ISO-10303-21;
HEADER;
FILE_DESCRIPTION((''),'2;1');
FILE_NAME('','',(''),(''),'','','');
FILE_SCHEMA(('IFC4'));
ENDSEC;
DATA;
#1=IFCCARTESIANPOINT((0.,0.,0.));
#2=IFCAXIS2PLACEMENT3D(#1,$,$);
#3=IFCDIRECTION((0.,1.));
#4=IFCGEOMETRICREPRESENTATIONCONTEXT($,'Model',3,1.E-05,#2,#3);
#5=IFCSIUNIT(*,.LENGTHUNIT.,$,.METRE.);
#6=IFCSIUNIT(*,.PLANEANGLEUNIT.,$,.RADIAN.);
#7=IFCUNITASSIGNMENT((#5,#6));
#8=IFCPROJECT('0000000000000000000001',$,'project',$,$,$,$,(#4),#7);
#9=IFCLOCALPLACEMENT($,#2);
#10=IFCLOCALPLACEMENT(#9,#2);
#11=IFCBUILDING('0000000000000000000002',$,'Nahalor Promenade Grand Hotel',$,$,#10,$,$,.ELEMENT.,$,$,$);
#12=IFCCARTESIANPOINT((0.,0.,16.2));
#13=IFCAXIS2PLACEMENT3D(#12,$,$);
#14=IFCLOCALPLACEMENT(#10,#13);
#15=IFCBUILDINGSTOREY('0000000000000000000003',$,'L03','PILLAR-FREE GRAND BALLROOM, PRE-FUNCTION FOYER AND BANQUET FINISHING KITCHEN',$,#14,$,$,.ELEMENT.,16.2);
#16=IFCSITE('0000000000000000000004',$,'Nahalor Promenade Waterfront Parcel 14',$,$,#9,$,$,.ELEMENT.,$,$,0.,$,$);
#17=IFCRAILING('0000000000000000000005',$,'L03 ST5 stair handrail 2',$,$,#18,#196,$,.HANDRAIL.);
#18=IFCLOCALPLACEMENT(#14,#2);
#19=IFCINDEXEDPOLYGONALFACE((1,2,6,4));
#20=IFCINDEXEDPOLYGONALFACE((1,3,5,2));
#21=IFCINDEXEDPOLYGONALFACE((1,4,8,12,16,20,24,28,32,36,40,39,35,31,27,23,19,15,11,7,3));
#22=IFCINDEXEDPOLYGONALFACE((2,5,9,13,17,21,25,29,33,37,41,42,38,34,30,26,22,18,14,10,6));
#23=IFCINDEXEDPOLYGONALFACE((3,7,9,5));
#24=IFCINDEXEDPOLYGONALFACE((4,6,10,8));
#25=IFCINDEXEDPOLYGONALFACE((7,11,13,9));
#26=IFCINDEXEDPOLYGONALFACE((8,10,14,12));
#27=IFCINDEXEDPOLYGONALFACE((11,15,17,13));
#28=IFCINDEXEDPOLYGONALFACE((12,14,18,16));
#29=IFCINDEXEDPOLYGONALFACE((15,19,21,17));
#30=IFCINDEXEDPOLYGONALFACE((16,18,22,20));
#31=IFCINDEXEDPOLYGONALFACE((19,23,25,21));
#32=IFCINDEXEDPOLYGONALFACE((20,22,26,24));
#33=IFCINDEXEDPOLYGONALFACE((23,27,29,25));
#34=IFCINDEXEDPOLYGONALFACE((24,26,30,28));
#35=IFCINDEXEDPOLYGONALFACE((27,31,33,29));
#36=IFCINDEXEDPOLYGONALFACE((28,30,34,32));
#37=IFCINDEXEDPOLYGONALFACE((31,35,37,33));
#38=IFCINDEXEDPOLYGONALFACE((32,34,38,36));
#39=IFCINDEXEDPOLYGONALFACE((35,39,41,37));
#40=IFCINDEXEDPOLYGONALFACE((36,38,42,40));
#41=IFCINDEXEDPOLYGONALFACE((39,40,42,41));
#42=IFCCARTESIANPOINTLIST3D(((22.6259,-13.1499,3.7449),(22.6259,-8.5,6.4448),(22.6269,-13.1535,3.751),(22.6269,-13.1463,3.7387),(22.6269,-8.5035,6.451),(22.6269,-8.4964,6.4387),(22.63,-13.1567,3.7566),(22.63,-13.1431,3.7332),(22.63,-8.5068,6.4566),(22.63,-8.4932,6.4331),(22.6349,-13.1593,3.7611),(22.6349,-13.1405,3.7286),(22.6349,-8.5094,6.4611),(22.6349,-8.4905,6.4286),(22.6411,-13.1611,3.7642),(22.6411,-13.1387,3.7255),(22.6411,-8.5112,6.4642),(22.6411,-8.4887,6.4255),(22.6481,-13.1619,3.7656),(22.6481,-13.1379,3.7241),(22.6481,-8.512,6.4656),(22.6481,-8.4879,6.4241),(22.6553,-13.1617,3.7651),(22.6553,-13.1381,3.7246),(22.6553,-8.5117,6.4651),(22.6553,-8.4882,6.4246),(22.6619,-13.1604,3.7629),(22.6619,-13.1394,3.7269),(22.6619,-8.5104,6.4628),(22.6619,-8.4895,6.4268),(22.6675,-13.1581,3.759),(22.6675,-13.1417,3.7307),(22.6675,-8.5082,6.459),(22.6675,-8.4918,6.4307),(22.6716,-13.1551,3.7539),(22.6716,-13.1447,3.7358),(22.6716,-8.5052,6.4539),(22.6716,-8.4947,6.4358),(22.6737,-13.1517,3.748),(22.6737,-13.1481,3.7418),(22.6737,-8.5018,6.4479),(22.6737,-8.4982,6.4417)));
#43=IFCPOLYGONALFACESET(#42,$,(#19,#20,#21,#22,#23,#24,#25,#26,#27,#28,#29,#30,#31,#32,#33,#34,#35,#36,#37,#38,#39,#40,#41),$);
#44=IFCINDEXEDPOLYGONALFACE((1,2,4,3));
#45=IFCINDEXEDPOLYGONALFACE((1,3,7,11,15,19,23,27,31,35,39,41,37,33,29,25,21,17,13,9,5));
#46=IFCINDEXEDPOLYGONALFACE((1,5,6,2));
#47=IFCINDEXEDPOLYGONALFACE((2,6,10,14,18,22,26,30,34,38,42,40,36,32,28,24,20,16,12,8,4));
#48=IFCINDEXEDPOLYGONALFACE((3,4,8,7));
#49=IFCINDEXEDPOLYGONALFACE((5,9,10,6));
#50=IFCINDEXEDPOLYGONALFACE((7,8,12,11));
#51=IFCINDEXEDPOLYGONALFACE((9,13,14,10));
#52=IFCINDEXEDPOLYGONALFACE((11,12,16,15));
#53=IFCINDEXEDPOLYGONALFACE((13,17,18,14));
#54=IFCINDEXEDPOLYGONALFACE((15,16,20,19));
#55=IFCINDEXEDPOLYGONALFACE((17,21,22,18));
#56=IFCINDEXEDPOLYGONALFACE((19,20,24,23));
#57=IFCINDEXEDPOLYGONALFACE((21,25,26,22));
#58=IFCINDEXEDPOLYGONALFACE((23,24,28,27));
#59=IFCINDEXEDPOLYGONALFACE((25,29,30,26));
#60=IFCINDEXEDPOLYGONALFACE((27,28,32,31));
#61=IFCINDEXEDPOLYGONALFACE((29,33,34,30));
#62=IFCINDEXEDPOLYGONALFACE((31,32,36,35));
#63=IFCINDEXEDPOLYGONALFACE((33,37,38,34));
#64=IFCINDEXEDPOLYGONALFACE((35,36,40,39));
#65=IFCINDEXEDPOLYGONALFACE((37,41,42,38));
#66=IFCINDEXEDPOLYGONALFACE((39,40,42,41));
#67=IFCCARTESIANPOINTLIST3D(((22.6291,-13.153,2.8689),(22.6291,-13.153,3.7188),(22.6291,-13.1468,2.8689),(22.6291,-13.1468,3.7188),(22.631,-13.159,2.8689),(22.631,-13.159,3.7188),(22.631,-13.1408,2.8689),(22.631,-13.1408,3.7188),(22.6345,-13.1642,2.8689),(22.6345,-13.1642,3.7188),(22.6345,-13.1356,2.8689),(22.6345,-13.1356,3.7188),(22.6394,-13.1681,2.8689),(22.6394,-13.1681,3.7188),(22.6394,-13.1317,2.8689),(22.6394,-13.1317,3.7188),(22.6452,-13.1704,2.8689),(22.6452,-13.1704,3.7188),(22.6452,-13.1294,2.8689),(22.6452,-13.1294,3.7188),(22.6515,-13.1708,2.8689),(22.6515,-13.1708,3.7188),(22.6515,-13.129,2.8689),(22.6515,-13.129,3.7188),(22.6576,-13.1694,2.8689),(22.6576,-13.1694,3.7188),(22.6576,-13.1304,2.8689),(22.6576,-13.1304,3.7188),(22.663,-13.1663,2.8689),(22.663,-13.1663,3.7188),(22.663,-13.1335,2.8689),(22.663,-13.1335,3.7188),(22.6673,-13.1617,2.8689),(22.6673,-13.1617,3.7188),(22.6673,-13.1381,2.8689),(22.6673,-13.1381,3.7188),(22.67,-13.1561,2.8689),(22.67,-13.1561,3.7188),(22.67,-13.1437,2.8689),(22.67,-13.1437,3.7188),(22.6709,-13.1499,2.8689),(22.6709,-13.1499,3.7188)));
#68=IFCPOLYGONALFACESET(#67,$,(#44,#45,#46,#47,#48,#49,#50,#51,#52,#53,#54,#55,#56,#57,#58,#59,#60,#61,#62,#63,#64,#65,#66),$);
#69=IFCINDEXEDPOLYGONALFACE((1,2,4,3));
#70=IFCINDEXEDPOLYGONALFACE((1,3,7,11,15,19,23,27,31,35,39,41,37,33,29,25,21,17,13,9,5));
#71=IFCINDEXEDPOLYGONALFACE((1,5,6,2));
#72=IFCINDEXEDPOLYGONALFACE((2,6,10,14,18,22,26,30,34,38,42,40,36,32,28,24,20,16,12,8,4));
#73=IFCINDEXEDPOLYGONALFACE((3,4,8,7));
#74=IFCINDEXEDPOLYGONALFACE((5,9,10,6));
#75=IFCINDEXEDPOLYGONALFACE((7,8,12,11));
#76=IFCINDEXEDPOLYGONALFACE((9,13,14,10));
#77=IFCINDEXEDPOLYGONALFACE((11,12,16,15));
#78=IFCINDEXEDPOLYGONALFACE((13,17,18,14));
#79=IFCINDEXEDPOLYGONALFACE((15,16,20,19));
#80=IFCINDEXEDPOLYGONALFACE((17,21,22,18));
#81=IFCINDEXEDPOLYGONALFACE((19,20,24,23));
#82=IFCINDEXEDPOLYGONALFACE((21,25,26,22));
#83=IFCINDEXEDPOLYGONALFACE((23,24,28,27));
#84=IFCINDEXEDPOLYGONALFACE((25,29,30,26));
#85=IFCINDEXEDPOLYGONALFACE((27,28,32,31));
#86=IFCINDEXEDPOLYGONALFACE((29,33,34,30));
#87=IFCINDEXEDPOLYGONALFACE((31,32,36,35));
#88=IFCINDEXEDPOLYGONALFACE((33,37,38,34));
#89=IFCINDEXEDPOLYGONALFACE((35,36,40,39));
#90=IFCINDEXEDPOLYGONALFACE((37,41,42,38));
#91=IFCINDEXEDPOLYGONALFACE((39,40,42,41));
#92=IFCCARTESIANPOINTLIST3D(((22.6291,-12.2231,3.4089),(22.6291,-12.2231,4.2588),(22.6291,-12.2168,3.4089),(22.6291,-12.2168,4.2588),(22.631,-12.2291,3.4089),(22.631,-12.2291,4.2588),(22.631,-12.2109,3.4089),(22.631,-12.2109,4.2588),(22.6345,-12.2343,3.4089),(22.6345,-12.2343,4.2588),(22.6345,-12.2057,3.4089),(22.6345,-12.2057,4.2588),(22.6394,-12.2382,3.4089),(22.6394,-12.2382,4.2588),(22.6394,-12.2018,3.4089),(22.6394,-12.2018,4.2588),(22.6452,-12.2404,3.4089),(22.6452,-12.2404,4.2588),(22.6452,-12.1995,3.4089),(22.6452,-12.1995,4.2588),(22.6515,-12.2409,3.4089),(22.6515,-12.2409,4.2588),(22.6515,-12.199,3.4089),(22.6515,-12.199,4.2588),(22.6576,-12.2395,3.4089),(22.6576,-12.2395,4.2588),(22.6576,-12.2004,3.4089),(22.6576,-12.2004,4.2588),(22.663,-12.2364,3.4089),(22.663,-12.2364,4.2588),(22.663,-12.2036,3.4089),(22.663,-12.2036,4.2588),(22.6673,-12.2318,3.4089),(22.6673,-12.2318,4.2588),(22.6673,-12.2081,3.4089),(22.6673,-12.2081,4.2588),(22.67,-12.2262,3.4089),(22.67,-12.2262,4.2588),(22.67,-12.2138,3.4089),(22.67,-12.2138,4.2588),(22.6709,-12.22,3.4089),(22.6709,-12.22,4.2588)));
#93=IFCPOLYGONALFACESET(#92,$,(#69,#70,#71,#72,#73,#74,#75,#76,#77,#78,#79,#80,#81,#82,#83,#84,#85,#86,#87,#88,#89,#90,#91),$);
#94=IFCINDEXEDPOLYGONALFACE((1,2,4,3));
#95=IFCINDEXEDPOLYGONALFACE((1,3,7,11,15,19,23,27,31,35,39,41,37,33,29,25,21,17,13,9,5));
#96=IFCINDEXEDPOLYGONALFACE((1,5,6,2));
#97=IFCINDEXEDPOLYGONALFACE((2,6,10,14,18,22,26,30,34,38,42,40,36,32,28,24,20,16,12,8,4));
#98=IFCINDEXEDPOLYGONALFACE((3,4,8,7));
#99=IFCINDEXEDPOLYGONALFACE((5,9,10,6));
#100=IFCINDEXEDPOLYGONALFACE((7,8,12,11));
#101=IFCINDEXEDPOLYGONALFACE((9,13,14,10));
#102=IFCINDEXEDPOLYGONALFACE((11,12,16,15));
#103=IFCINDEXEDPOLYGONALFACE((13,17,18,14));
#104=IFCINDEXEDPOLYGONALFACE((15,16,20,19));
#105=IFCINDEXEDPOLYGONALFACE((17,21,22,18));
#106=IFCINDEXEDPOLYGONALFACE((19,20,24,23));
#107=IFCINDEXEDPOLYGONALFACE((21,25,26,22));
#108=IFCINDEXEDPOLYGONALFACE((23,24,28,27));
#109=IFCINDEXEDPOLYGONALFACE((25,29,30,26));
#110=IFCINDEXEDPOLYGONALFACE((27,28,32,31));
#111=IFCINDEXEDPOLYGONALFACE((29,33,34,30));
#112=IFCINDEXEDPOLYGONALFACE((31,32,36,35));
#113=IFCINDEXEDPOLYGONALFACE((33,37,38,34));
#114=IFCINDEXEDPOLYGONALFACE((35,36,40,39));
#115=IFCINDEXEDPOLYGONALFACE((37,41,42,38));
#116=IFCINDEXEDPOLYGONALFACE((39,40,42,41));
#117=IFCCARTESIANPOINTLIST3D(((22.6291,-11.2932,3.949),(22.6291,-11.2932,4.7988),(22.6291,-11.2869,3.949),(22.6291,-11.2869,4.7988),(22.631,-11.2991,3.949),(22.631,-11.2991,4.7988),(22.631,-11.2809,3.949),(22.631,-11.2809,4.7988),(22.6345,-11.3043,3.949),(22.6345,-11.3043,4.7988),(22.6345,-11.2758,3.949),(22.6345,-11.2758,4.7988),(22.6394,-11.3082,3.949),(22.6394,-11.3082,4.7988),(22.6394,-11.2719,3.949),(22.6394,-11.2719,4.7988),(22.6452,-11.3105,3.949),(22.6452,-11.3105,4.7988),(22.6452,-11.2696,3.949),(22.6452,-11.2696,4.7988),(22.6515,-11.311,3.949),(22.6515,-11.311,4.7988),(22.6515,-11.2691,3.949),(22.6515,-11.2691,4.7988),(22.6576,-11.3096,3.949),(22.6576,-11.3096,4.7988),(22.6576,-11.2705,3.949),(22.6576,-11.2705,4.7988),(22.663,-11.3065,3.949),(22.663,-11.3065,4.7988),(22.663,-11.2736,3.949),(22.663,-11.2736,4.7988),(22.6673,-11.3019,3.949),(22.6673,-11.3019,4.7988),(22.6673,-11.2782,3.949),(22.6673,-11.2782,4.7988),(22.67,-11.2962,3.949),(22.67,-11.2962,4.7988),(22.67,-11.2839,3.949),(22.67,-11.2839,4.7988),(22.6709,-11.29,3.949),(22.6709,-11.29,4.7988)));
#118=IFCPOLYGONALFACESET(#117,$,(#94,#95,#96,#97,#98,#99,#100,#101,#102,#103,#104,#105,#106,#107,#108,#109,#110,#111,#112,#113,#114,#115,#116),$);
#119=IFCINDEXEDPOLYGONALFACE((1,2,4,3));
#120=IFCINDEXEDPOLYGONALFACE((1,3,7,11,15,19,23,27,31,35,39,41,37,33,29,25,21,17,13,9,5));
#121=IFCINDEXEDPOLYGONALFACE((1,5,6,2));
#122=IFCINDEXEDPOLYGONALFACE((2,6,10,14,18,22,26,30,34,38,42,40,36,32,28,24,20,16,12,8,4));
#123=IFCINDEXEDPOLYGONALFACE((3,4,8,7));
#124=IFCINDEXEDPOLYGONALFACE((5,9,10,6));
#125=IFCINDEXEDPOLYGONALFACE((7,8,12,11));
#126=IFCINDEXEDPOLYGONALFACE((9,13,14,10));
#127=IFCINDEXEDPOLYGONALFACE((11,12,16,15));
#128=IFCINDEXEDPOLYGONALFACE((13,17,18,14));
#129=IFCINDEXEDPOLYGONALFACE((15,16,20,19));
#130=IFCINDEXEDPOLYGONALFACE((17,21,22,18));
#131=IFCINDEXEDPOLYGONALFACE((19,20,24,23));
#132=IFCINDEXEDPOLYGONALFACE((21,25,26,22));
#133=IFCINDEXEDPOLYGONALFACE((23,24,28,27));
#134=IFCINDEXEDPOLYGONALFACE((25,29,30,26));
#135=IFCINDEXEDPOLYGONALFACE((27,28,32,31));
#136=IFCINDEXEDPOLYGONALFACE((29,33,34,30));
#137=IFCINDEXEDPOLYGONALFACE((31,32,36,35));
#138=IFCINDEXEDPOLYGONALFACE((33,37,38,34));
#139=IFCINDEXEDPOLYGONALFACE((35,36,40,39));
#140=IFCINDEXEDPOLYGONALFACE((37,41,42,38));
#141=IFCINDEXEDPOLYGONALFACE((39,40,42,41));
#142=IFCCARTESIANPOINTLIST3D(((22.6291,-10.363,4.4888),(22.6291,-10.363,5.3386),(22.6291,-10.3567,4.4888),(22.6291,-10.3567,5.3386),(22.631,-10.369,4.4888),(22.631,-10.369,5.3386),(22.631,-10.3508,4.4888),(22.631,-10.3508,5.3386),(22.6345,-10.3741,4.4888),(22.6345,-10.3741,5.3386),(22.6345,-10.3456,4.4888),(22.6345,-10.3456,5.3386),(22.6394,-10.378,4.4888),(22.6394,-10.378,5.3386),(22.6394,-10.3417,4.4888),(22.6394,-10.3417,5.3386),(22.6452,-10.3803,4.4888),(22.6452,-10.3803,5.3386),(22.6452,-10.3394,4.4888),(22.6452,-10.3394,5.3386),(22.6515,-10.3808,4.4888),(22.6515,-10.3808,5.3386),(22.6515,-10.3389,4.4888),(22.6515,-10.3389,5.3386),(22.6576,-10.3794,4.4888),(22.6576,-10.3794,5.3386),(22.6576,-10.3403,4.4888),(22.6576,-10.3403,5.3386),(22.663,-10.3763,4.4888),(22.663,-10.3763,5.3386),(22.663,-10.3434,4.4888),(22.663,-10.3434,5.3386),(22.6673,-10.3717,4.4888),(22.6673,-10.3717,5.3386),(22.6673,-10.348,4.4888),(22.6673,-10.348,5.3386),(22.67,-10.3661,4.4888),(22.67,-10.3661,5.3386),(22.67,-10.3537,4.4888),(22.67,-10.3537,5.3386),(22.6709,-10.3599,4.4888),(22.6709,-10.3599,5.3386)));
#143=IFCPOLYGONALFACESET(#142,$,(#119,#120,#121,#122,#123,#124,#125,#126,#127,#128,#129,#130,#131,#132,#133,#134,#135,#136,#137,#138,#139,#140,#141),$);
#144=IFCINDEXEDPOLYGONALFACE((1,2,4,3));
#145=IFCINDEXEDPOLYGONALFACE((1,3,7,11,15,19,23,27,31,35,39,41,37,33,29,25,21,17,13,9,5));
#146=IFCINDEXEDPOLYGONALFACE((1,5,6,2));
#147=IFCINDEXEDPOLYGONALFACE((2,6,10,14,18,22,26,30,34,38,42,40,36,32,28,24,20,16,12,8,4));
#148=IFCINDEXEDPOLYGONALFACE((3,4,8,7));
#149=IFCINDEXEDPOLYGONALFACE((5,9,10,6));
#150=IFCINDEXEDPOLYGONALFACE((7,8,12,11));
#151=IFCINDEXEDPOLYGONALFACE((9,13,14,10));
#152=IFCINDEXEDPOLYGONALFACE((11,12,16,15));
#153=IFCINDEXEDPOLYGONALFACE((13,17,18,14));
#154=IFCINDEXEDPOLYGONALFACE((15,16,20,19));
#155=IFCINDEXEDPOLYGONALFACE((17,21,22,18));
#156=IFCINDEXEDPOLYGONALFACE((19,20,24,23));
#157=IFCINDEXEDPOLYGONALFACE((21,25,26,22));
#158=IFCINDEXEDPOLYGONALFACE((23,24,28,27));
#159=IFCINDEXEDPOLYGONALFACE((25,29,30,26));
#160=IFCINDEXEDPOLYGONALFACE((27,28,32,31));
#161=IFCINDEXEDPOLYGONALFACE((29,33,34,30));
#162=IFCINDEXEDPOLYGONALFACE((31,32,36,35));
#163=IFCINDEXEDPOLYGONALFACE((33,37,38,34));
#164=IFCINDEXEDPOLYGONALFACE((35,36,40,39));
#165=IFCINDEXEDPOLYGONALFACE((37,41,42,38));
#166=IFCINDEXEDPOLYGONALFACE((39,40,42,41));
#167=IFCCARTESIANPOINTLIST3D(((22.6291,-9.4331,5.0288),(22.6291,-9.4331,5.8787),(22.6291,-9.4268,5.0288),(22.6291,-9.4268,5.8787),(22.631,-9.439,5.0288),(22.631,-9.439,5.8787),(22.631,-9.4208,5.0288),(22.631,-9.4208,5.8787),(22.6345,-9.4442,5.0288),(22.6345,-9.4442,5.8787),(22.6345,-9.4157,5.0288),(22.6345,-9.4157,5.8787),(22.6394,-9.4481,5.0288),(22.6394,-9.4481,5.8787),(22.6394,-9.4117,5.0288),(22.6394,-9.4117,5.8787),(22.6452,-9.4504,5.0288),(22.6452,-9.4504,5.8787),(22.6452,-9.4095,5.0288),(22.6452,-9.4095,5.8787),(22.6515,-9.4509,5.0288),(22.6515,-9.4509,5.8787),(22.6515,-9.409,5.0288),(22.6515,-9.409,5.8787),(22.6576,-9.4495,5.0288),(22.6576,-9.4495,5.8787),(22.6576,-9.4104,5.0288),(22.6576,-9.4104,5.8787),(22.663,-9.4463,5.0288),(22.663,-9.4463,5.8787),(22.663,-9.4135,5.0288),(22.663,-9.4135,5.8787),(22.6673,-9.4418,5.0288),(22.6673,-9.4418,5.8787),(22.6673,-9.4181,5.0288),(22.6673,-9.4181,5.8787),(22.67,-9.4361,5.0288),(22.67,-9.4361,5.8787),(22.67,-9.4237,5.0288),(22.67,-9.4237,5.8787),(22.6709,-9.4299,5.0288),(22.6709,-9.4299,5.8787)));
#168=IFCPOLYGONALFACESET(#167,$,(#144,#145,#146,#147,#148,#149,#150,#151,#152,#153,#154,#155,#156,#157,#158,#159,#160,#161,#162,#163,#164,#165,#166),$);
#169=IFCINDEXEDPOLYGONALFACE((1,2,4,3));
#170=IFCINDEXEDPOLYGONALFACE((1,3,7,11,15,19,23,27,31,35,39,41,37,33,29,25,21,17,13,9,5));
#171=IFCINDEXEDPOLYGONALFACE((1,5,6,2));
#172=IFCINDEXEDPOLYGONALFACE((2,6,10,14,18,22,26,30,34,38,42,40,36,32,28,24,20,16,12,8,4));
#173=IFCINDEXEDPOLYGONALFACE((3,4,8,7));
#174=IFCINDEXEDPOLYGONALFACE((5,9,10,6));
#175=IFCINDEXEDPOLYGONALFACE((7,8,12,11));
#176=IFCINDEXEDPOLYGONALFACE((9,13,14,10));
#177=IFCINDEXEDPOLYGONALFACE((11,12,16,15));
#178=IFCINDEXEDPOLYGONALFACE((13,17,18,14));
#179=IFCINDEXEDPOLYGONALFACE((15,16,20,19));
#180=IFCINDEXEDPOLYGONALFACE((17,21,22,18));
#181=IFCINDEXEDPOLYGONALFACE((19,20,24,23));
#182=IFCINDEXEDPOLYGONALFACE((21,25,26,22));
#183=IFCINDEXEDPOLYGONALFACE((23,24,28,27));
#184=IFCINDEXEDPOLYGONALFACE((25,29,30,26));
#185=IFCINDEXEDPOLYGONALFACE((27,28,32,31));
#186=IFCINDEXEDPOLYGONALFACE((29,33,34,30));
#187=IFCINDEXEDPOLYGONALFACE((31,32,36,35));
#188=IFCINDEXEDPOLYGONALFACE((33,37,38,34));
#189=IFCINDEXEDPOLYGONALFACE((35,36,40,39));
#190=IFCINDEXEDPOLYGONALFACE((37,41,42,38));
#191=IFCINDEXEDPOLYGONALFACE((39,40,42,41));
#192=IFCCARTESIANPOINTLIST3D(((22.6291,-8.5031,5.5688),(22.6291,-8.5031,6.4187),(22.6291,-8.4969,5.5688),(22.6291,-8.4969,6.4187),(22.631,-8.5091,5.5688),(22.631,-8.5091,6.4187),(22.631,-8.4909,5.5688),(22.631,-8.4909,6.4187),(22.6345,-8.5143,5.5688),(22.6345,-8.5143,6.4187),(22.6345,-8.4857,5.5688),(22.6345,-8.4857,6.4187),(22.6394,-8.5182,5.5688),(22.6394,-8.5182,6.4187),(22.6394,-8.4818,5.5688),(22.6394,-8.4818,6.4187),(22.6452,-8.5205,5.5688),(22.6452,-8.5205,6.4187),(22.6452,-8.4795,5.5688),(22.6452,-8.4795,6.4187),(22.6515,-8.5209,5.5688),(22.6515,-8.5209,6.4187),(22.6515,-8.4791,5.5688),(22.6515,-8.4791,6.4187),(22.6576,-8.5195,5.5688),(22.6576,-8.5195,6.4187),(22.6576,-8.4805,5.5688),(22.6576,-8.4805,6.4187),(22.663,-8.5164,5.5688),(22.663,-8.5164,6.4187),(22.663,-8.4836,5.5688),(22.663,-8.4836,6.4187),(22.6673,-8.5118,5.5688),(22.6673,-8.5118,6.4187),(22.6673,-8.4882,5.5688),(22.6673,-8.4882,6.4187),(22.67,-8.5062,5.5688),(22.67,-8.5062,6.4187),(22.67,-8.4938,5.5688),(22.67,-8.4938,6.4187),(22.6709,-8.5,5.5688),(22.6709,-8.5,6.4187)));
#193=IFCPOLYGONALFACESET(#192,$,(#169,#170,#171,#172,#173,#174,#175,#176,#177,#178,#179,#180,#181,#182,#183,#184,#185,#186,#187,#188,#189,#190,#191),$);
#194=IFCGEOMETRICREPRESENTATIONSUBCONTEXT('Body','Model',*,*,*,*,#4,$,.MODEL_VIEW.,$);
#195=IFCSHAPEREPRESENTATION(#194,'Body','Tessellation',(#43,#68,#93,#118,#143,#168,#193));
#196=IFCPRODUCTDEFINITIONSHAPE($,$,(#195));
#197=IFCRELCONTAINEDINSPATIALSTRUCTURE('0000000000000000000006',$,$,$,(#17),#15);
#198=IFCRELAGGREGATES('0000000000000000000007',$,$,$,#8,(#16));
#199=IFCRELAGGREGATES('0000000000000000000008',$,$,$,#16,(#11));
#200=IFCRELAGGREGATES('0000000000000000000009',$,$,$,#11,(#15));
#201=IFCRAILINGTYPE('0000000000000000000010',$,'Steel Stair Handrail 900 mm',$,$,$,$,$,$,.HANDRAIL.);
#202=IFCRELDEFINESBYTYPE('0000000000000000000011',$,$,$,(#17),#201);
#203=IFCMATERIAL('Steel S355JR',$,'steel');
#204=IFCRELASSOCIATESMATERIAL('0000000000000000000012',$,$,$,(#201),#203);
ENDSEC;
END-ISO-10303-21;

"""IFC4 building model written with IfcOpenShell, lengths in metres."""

from ifc_helpers import new_model, si_unit, direction, frame, origin, origin_2d, place, context, subcontext, project, spatial, circle, extrude, material, type_object, element, save


model = new_model("IFC4")

# Units and contexts
model_context = context("Model", 3, precision=1e-05, world=origin(), true_north=direction((0.0, 1.0)))
body_context = subcontext(model_context, "Body", "Model", "MODEL_VIEW")
ifc_project = project(units=[si_unit("LENGTHUNIT", "METRE"), si_unit("PLANEANGLEUNIT", "RADIAN")], contexts=[model_context])

# Site, building, storey
site_placement = place(None, origin())
site = spatial("IfcSite", under=ifc_project, at=site_placement, Name="Nahalor Promenade Waterfront Parcel 14", CompositionType="ELEMENT", RefElevation=0.0)
building_placement = place(site_placement, origin())
building = spatial("IfcBuilding", under=site, at=building_placement, Name="Nahalor Promenade Grand Hotel", CompositionType="ELEMENT")
storey_placement = place(building_placement, frame((0.0, 0.0, 16.2)))
storey = spatial("IfcBuildingStorey", under=building, at=storey_placement, Name="L03", Description="PILLAR-FREE GRAND BALLROOM, PRE-FUNCTION FOYER AND BANQUET FINISHING KITCHEN", CompositionType="ELEMENT", Elevation=16.2)

# Shared definitions
ifc_material_1 = material(Name="Steel S355JR", Category="steel")

# Railing
railing_type_1 = type_object("IfcRailingType", Name="Steel Stair Handrail 900 mm", PredefinedType="HANDRAIL", material=ifc_material_1)
railing_1_placement = place(storey_placement, frame((22.6499, -13.1499, 2.8689)))
element("IfcRailing", 1, at=railing_1_placement, inside=storey, type_object=railing_type_1, Name="L03 ST5 stair handrail 2", PredefinedType="HANDRAIL", context=body_context, shape_type="SweptSolid", body=[
    extrude(circle(Radius=0.024, at=origin_2d()), frame((0.0, 0.0, 0.876), z_axis=(0.0, 0.864788, 0.502137), x_axis=(-1.0, 0.0, 0.0)), (0.0, 0.0, 1.0), 5.377),
    extrude(circle(Radius=0.021, at=origin_2d()), origin(), (0.0, 0.0, 1.0), 0.8499),
    extrude(circle(Radius=0.021, at=origin_2d()), frame((0.0, 0.9299, 0.54)), (0.0, 0.0, 1.0), 0.8499),
    extrude(circle(Radius=0.021, at=origin_2d()), frame((0.0, 1.8599, 1.0801)), (0.0, 0.0, 1.0), 0.8499),
    extrude(circle(Radius=0.021, at=origin_2d()), frame((0.0, 2.79, 1.6199)), (0.0, 0.0, 1.0), 0.8499),
    extrude(circle(Radius=0.021, at=origin_2d()), frame((0.0, 3.72, 2.1599)), (0.0, 0.0, 1.0), 0.8499),
    extrude(circle(Radius=0.021, at=origin_2d()), frame((0.0, 4.6499, 2.7)), (0.0, 0.0, 1.0), 0.8499),
])

save(model, "model.ifc")
